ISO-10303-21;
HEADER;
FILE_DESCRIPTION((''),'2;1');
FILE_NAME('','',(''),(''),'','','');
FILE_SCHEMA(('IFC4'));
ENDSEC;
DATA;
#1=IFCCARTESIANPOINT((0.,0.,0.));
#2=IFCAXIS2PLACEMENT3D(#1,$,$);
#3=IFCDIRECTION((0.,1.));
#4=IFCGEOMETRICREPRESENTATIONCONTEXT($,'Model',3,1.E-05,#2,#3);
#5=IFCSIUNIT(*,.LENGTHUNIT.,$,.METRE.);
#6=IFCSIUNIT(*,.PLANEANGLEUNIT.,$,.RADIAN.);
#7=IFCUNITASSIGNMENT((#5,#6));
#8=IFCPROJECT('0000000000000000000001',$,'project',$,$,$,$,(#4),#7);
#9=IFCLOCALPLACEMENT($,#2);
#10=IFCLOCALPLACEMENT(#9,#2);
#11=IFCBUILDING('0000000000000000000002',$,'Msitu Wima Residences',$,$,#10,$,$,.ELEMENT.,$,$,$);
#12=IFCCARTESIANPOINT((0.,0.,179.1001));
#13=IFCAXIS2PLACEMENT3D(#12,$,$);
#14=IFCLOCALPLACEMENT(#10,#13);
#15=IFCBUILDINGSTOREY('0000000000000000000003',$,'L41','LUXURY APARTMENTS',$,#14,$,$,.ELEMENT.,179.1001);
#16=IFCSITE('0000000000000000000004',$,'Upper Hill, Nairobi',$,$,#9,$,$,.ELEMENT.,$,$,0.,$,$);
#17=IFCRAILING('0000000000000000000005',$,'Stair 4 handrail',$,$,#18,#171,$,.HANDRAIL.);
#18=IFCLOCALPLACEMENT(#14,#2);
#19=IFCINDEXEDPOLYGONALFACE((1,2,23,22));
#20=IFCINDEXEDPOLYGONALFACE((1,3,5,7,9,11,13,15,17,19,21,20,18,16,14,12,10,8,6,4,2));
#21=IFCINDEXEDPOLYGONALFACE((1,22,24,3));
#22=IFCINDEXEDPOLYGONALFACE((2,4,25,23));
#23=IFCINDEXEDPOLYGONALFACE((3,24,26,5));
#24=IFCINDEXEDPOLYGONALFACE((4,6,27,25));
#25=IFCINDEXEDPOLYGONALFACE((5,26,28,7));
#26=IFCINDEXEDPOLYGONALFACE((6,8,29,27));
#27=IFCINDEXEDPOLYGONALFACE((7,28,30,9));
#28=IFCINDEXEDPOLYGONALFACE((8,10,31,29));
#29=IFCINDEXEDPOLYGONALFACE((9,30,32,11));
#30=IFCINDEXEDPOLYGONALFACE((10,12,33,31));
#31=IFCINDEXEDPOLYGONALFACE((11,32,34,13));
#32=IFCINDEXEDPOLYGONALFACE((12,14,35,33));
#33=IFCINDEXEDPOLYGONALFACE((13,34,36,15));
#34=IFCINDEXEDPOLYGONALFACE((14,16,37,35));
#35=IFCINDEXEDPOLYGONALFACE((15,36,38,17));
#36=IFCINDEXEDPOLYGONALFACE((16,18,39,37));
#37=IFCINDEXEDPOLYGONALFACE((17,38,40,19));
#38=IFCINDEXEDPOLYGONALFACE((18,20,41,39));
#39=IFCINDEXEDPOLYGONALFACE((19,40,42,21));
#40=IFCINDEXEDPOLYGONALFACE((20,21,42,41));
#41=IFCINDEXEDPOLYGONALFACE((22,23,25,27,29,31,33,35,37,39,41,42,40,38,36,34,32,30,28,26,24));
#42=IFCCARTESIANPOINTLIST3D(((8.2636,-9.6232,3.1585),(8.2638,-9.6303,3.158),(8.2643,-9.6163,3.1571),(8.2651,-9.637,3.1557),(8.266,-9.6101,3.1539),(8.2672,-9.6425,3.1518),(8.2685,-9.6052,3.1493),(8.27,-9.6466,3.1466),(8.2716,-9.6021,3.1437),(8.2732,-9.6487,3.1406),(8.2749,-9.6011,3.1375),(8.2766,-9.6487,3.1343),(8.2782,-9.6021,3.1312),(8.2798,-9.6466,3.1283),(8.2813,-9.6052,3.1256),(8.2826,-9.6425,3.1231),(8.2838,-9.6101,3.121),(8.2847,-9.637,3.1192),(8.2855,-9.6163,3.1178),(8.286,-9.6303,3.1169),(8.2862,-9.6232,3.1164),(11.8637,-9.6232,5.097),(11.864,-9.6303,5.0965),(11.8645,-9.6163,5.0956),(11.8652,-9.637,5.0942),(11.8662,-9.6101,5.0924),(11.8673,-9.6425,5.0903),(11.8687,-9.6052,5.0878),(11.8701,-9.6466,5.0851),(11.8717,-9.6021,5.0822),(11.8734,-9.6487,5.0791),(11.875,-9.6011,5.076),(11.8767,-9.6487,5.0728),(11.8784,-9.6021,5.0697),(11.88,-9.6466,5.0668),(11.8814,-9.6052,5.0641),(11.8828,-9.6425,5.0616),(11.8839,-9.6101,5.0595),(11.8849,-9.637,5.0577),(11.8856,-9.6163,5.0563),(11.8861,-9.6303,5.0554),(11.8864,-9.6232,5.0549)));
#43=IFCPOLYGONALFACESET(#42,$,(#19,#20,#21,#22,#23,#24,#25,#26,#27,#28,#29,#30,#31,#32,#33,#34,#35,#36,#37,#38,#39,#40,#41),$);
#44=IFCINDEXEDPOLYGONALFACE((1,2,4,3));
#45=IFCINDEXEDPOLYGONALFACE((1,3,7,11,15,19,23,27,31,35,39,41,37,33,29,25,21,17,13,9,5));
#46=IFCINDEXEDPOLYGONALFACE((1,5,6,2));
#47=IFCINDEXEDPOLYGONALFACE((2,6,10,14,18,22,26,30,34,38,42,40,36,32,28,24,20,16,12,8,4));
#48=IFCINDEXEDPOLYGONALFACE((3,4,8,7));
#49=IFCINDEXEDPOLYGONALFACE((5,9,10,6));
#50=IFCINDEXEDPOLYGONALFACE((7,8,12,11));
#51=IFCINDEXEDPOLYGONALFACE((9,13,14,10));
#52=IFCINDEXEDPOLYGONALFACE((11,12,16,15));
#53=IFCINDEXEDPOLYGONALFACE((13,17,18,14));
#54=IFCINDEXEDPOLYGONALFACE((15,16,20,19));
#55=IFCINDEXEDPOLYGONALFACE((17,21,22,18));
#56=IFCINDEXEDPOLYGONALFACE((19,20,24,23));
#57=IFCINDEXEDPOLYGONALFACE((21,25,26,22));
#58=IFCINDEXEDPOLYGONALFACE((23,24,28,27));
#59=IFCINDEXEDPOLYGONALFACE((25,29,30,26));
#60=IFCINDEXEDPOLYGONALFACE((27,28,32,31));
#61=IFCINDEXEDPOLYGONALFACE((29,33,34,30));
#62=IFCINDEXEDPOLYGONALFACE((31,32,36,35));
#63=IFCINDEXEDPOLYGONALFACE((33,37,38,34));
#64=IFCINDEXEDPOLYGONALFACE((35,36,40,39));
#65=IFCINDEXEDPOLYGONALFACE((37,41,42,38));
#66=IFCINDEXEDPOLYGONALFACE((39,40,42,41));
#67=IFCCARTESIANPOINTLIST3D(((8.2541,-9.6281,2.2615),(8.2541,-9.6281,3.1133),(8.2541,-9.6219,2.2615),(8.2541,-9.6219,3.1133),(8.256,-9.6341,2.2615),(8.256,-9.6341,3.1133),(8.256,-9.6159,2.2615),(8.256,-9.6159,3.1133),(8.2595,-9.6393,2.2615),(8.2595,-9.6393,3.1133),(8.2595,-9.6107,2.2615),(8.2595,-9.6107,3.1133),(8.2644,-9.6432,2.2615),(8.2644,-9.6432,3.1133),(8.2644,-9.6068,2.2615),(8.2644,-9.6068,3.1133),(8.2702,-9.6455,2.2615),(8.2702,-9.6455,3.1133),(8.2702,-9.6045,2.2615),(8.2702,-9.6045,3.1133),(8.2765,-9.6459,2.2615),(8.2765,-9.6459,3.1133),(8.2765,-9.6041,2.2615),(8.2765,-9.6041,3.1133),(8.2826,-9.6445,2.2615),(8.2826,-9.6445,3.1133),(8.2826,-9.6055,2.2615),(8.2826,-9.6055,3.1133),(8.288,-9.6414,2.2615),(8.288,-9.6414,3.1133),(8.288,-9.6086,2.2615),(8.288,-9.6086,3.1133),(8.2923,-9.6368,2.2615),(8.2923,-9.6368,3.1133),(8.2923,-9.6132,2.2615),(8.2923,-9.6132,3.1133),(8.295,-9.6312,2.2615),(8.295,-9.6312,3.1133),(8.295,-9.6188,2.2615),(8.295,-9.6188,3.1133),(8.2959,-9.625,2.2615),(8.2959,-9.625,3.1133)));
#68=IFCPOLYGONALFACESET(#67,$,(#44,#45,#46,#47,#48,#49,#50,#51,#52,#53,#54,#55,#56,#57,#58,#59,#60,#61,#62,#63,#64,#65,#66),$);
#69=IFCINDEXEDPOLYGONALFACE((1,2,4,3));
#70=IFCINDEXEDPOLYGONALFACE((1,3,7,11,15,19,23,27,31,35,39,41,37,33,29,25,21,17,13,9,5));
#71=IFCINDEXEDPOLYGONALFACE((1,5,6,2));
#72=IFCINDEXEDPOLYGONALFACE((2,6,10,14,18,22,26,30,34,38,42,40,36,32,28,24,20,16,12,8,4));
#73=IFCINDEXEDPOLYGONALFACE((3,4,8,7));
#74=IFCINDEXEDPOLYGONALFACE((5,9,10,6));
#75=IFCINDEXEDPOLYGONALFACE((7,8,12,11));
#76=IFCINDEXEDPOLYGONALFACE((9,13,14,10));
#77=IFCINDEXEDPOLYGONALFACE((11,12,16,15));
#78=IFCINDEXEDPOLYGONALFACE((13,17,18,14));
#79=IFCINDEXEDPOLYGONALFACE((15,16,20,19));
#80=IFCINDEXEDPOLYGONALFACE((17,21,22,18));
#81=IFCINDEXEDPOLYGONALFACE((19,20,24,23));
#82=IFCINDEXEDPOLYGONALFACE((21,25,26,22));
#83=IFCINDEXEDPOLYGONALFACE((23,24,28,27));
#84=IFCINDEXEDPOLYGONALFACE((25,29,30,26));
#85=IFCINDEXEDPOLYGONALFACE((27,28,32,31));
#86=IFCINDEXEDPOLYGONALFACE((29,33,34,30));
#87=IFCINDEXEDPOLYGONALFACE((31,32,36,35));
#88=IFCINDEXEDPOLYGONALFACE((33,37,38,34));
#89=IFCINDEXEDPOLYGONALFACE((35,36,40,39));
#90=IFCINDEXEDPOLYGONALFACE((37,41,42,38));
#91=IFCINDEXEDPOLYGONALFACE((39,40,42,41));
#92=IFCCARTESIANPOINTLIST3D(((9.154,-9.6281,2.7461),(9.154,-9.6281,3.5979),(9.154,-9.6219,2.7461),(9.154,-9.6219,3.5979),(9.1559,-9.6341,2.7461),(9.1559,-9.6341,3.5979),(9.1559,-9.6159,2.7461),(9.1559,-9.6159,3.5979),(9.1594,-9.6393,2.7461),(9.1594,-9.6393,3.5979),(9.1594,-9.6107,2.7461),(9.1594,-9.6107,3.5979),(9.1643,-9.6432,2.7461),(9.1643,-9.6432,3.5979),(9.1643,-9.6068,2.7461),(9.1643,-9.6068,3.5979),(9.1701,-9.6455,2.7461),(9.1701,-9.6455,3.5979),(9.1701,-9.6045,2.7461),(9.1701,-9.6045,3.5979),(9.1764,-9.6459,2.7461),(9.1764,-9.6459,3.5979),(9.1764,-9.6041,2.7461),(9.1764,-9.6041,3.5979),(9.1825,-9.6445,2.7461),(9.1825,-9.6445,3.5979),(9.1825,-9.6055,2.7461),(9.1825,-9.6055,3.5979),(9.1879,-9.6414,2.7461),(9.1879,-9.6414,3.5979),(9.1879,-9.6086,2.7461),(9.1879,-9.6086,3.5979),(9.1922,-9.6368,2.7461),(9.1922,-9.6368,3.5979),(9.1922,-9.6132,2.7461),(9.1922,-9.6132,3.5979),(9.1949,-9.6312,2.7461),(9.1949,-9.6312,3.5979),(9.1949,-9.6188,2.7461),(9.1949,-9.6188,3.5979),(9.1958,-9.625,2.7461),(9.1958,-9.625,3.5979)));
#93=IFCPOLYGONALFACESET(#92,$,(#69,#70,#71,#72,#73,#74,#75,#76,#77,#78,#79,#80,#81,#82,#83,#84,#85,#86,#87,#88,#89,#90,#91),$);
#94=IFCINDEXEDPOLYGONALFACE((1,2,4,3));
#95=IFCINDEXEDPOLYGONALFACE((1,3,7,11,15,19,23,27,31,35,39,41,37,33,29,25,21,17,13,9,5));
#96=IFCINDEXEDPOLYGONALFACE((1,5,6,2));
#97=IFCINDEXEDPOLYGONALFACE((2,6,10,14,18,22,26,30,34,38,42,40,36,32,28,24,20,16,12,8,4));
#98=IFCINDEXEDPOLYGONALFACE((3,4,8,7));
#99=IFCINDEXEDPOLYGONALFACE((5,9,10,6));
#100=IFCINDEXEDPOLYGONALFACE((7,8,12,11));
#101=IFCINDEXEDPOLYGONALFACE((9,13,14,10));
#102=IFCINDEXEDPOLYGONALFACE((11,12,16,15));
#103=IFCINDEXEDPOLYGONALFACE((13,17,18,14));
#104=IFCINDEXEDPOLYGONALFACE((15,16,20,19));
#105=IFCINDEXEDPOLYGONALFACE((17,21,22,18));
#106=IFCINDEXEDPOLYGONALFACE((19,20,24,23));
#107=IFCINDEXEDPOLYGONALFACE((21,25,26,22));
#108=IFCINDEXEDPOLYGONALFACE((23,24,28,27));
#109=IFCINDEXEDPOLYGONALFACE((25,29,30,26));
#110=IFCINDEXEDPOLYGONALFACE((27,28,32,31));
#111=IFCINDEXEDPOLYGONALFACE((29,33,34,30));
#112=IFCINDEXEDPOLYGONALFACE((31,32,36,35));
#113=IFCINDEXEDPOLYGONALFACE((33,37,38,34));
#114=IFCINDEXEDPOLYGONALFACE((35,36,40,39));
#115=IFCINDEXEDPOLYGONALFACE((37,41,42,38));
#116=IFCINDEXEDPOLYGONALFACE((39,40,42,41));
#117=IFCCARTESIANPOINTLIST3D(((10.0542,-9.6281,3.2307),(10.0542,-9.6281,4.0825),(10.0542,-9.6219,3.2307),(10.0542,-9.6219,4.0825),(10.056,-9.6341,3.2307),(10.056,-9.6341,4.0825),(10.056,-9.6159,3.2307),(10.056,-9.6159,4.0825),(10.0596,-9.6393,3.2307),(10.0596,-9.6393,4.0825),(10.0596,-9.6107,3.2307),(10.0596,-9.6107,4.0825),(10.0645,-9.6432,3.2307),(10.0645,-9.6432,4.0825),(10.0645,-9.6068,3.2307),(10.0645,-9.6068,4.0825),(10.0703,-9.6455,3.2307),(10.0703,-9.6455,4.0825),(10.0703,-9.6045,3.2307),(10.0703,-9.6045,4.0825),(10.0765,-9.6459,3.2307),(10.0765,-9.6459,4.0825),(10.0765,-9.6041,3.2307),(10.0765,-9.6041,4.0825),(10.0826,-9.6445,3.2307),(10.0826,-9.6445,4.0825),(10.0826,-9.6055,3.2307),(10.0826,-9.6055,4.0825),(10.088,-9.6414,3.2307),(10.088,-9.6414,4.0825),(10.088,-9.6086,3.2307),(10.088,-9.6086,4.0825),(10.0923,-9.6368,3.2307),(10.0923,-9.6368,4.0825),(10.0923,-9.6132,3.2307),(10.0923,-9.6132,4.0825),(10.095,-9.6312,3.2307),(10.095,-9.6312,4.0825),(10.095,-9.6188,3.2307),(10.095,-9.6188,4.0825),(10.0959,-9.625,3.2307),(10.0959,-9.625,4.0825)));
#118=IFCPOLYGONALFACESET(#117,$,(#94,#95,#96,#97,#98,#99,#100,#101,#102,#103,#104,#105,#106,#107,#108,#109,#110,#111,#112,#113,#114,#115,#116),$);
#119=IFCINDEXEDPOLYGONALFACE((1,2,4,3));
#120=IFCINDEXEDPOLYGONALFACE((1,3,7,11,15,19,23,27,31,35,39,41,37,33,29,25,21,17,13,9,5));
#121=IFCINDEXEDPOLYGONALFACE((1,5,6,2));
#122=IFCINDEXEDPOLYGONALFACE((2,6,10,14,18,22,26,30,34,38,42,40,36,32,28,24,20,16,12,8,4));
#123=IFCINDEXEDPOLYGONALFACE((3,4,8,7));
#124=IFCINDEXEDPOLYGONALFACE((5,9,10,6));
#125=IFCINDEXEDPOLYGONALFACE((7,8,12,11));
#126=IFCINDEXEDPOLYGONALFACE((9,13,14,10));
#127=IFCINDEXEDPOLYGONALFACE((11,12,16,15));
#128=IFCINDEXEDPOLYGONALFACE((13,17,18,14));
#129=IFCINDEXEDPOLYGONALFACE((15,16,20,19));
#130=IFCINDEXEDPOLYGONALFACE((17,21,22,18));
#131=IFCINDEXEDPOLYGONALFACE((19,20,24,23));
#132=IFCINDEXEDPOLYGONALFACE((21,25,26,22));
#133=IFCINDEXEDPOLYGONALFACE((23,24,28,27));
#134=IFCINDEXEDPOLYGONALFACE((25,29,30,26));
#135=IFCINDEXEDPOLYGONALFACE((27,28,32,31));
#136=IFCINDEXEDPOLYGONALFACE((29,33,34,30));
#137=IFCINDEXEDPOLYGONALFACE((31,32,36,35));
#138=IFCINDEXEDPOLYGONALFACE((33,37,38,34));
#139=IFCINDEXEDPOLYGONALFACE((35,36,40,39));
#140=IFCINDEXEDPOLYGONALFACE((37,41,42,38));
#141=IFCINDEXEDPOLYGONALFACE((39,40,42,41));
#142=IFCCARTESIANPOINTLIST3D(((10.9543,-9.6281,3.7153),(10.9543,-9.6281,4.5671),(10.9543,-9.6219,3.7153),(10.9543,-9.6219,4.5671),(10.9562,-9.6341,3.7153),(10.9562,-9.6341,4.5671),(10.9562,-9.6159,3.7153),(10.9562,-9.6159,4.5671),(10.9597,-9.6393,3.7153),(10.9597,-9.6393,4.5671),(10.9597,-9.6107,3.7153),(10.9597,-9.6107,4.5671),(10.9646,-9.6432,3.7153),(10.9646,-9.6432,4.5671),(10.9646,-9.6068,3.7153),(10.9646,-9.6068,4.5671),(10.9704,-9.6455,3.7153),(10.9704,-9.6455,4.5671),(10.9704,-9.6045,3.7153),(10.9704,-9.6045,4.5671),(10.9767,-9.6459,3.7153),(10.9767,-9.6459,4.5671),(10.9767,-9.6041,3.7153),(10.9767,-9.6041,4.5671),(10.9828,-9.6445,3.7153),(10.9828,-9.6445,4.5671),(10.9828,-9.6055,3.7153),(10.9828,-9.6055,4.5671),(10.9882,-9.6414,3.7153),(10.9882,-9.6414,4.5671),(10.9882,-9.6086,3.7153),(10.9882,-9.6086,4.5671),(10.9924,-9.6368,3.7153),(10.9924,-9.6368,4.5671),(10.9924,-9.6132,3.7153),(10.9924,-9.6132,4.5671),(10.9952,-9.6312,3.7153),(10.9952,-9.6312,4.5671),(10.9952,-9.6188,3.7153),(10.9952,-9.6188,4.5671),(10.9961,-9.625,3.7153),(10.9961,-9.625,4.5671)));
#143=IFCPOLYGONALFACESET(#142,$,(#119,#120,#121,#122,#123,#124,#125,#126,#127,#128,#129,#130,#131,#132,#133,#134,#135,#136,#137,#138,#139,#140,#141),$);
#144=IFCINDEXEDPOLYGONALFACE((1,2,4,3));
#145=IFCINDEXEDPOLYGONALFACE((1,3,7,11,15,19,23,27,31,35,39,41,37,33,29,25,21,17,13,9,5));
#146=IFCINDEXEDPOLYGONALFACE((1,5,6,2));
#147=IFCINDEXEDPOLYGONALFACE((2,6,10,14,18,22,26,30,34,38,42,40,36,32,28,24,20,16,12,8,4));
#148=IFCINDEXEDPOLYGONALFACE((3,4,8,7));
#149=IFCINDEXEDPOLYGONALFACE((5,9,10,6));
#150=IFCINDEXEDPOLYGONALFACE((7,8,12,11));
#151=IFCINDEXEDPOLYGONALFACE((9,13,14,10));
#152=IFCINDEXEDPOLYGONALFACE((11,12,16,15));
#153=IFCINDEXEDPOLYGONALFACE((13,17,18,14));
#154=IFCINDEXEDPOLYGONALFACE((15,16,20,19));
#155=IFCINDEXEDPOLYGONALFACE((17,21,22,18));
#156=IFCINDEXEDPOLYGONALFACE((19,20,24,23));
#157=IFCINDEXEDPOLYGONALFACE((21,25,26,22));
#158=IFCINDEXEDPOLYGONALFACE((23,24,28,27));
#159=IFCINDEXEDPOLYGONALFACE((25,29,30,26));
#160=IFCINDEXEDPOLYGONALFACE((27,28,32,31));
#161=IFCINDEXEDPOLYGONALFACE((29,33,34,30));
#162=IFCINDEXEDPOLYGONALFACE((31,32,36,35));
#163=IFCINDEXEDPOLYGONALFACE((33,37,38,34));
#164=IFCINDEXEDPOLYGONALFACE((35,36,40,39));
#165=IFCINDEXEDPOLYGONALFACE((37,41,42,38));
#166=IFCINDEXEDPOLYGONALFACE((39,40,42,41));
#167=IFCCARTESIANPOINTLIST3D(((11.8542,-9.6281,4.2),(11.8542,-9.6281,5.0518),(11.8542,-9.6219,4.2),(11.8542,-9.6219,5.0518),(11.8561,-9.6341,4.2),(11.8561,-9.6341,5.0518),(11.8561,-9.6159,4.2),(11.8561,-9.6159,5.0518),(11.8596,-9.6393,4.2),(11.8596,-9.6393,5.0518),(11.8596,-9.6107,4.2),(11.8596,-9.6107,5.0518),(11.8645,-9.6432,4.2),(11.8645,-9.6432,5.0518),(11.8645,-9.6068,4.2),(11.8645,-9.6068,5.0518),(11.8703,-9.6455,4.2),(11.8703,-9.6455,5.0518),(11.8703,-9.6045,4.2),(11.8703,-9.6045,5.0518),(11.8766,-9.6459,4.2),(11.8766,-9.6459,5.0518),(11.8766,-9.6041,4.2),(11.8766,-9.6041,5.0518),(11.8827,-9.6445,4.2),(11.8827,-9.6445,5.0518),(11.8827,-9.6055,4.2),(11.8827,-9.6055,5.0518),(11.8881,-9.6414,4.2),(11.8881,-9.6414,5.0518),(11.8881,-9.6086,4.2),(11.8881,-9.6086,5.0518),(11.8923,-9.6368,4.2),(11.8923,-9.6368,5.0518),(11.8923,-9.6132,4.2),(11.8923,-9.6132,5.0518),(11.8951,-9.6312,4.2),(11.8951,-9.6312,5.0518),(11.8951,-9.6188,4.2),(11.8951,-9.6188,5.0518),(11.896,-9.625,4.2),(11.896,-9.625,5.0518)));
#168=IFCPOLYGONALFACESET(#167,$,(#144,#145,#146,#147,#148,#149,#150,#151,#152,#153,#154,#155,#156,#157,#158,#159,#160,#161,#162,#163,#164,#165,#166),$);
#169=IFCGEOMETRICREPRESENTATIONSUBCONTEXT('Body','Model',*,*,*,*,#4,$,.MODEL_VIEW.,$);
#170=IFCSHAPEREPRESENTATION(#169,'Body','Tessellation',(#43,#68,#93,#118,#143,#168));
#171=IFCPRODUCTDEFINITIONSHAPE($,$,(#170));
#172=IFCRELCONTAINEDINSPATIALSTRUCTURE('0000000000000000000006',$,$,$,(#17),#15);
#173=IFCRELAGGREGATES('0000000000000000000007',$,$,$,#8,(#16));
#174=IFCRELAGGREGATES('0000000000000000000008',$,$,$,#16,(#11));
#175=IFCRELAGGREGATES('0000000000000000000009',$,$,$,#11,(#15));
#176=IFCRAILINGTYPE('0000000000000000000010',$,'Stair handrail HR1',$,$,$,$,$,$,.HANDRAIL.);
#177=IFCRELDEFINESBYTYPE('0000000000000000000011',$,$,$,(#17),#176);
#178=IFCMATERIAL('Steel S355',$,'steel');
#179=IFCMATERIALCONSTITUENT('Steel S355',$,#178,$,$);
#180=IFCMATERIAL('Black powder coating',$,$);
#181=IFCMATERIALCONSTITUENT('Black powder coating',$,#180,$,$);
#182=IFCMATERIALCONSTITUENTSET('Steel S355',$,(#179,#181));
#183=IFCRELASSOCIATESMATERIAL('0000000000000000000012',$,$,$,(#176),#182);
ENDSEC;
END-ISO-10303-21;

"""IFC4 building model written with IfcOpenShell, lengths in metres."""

from ifc_helpers import new_model, si_unit, direction, frame, origin, origin_2d, place, context, subcontext, project, spatial, circle, extrude, material, constituent, constituent_set, type_object, element, save


model = new_model("IFC4")

# Units and contexts
model_context = context("Model", 3, precision=1e-05, world=origin(), true_north=direction((0.0, 1.0)))
body_context = subcontext(model_context, "Body", "Model", "MODEL_VIEW")
ifc_project = project(units=[si_unit("LENGTHUNIT", "METRE"), si_unit("PLANEANGLEUNIT", "RADIAN")], contexts=[model_context])

# Site, building, storey
site_placement = place(None, origin())
site = spatial("IfcSite", under=ifc_project, at=site_placement, Name="Upper Hill, Nairobi", CompositionType="ELEMENT", RefElevation=0.0)
building_placement = place(site_placement, origin())
building = spatial("IfcBuilding", under=site, at=building_placement, Name="Msitu Wima Residences", CompositionType="ELEMENT")
storey_placement = place(building_placement, frame((0.0, 0.0, 179.1001)))
storey = spatial("IfcBuildingStorey", under=building, at=storey_placement, Name="L41", Description="LUXURY APARTMENTS", CompositionType="ELEMENT", Elevation=179.1001)

# Railing
ifc_material_1 = material(Name="Steel S355", Category="steel")
ifc_constituent_1 = constituent(ifc_material_1, Name="Steel S355")
ifc_material_2 = material(Name="Black powder coating")
ifc_constituent_2 = constituent(ifc_material_2, Name="Black powder coating")
ifc_constituent_set = constituent_set(constituents=[ifc_constituent_1, ifc_constituent_2], Name="Steel S355")
railing_type = type_object("IfcRailingType", Name="Stair handrail HR1", PredefinedType="HANDRAIL", material=ifc_constituent_set)
for number, where, name in (
    (1, (8.2749, -9.625, 2.2615), "Stair 4 handrail"),
):
    element("IfcRailing", number, at=place(storey_placement, frame(where)), inside=storey, type_object=railing_type, Name=name, PredefinedType="HANDRAIL", context=body_context, shape_type="SweptSolid", body=[
        extrude(circle(Radius=0.0239, at=origin_2d()), frame((0.0, 0.0, 0.876), z_axis=(0.880475, 0.0, 0.474093), x_axis=(0.0, 1.0, 0.0)), (0.0, 0.0, 1.0), 4.0889),
        extrude(circle(Radius=0.021, at=origin_2d()), origin(), (0.0, 0.0, 1.0), 0.8518),
        extrude(circle(Radius=0.021, at=origin_2d()), frame((0.8999, 0.0, 0.4846)), (0.0, 0.0, 1.0), 0.8518),
        extrude(circle(Radius=0.021, at=origin_2d()), frame((1.8, 0.0, 0.9692)), (0.0, 0.0, 1.0), 0.8518),
        extrude(circle(Radius=0.021, at=origin_2d()), frame((2.7002, 0.0, 1.4539)), (0.0, 0.0, 1.0), 0.8518),
        extrude(circle(Radius=0.021, at=origin_2d()), frame((3.6001, 0.0, 1.9385)), (0.0, 0.0, 1.0), 0.8518),
    ])

save(model, "model.ifc")
